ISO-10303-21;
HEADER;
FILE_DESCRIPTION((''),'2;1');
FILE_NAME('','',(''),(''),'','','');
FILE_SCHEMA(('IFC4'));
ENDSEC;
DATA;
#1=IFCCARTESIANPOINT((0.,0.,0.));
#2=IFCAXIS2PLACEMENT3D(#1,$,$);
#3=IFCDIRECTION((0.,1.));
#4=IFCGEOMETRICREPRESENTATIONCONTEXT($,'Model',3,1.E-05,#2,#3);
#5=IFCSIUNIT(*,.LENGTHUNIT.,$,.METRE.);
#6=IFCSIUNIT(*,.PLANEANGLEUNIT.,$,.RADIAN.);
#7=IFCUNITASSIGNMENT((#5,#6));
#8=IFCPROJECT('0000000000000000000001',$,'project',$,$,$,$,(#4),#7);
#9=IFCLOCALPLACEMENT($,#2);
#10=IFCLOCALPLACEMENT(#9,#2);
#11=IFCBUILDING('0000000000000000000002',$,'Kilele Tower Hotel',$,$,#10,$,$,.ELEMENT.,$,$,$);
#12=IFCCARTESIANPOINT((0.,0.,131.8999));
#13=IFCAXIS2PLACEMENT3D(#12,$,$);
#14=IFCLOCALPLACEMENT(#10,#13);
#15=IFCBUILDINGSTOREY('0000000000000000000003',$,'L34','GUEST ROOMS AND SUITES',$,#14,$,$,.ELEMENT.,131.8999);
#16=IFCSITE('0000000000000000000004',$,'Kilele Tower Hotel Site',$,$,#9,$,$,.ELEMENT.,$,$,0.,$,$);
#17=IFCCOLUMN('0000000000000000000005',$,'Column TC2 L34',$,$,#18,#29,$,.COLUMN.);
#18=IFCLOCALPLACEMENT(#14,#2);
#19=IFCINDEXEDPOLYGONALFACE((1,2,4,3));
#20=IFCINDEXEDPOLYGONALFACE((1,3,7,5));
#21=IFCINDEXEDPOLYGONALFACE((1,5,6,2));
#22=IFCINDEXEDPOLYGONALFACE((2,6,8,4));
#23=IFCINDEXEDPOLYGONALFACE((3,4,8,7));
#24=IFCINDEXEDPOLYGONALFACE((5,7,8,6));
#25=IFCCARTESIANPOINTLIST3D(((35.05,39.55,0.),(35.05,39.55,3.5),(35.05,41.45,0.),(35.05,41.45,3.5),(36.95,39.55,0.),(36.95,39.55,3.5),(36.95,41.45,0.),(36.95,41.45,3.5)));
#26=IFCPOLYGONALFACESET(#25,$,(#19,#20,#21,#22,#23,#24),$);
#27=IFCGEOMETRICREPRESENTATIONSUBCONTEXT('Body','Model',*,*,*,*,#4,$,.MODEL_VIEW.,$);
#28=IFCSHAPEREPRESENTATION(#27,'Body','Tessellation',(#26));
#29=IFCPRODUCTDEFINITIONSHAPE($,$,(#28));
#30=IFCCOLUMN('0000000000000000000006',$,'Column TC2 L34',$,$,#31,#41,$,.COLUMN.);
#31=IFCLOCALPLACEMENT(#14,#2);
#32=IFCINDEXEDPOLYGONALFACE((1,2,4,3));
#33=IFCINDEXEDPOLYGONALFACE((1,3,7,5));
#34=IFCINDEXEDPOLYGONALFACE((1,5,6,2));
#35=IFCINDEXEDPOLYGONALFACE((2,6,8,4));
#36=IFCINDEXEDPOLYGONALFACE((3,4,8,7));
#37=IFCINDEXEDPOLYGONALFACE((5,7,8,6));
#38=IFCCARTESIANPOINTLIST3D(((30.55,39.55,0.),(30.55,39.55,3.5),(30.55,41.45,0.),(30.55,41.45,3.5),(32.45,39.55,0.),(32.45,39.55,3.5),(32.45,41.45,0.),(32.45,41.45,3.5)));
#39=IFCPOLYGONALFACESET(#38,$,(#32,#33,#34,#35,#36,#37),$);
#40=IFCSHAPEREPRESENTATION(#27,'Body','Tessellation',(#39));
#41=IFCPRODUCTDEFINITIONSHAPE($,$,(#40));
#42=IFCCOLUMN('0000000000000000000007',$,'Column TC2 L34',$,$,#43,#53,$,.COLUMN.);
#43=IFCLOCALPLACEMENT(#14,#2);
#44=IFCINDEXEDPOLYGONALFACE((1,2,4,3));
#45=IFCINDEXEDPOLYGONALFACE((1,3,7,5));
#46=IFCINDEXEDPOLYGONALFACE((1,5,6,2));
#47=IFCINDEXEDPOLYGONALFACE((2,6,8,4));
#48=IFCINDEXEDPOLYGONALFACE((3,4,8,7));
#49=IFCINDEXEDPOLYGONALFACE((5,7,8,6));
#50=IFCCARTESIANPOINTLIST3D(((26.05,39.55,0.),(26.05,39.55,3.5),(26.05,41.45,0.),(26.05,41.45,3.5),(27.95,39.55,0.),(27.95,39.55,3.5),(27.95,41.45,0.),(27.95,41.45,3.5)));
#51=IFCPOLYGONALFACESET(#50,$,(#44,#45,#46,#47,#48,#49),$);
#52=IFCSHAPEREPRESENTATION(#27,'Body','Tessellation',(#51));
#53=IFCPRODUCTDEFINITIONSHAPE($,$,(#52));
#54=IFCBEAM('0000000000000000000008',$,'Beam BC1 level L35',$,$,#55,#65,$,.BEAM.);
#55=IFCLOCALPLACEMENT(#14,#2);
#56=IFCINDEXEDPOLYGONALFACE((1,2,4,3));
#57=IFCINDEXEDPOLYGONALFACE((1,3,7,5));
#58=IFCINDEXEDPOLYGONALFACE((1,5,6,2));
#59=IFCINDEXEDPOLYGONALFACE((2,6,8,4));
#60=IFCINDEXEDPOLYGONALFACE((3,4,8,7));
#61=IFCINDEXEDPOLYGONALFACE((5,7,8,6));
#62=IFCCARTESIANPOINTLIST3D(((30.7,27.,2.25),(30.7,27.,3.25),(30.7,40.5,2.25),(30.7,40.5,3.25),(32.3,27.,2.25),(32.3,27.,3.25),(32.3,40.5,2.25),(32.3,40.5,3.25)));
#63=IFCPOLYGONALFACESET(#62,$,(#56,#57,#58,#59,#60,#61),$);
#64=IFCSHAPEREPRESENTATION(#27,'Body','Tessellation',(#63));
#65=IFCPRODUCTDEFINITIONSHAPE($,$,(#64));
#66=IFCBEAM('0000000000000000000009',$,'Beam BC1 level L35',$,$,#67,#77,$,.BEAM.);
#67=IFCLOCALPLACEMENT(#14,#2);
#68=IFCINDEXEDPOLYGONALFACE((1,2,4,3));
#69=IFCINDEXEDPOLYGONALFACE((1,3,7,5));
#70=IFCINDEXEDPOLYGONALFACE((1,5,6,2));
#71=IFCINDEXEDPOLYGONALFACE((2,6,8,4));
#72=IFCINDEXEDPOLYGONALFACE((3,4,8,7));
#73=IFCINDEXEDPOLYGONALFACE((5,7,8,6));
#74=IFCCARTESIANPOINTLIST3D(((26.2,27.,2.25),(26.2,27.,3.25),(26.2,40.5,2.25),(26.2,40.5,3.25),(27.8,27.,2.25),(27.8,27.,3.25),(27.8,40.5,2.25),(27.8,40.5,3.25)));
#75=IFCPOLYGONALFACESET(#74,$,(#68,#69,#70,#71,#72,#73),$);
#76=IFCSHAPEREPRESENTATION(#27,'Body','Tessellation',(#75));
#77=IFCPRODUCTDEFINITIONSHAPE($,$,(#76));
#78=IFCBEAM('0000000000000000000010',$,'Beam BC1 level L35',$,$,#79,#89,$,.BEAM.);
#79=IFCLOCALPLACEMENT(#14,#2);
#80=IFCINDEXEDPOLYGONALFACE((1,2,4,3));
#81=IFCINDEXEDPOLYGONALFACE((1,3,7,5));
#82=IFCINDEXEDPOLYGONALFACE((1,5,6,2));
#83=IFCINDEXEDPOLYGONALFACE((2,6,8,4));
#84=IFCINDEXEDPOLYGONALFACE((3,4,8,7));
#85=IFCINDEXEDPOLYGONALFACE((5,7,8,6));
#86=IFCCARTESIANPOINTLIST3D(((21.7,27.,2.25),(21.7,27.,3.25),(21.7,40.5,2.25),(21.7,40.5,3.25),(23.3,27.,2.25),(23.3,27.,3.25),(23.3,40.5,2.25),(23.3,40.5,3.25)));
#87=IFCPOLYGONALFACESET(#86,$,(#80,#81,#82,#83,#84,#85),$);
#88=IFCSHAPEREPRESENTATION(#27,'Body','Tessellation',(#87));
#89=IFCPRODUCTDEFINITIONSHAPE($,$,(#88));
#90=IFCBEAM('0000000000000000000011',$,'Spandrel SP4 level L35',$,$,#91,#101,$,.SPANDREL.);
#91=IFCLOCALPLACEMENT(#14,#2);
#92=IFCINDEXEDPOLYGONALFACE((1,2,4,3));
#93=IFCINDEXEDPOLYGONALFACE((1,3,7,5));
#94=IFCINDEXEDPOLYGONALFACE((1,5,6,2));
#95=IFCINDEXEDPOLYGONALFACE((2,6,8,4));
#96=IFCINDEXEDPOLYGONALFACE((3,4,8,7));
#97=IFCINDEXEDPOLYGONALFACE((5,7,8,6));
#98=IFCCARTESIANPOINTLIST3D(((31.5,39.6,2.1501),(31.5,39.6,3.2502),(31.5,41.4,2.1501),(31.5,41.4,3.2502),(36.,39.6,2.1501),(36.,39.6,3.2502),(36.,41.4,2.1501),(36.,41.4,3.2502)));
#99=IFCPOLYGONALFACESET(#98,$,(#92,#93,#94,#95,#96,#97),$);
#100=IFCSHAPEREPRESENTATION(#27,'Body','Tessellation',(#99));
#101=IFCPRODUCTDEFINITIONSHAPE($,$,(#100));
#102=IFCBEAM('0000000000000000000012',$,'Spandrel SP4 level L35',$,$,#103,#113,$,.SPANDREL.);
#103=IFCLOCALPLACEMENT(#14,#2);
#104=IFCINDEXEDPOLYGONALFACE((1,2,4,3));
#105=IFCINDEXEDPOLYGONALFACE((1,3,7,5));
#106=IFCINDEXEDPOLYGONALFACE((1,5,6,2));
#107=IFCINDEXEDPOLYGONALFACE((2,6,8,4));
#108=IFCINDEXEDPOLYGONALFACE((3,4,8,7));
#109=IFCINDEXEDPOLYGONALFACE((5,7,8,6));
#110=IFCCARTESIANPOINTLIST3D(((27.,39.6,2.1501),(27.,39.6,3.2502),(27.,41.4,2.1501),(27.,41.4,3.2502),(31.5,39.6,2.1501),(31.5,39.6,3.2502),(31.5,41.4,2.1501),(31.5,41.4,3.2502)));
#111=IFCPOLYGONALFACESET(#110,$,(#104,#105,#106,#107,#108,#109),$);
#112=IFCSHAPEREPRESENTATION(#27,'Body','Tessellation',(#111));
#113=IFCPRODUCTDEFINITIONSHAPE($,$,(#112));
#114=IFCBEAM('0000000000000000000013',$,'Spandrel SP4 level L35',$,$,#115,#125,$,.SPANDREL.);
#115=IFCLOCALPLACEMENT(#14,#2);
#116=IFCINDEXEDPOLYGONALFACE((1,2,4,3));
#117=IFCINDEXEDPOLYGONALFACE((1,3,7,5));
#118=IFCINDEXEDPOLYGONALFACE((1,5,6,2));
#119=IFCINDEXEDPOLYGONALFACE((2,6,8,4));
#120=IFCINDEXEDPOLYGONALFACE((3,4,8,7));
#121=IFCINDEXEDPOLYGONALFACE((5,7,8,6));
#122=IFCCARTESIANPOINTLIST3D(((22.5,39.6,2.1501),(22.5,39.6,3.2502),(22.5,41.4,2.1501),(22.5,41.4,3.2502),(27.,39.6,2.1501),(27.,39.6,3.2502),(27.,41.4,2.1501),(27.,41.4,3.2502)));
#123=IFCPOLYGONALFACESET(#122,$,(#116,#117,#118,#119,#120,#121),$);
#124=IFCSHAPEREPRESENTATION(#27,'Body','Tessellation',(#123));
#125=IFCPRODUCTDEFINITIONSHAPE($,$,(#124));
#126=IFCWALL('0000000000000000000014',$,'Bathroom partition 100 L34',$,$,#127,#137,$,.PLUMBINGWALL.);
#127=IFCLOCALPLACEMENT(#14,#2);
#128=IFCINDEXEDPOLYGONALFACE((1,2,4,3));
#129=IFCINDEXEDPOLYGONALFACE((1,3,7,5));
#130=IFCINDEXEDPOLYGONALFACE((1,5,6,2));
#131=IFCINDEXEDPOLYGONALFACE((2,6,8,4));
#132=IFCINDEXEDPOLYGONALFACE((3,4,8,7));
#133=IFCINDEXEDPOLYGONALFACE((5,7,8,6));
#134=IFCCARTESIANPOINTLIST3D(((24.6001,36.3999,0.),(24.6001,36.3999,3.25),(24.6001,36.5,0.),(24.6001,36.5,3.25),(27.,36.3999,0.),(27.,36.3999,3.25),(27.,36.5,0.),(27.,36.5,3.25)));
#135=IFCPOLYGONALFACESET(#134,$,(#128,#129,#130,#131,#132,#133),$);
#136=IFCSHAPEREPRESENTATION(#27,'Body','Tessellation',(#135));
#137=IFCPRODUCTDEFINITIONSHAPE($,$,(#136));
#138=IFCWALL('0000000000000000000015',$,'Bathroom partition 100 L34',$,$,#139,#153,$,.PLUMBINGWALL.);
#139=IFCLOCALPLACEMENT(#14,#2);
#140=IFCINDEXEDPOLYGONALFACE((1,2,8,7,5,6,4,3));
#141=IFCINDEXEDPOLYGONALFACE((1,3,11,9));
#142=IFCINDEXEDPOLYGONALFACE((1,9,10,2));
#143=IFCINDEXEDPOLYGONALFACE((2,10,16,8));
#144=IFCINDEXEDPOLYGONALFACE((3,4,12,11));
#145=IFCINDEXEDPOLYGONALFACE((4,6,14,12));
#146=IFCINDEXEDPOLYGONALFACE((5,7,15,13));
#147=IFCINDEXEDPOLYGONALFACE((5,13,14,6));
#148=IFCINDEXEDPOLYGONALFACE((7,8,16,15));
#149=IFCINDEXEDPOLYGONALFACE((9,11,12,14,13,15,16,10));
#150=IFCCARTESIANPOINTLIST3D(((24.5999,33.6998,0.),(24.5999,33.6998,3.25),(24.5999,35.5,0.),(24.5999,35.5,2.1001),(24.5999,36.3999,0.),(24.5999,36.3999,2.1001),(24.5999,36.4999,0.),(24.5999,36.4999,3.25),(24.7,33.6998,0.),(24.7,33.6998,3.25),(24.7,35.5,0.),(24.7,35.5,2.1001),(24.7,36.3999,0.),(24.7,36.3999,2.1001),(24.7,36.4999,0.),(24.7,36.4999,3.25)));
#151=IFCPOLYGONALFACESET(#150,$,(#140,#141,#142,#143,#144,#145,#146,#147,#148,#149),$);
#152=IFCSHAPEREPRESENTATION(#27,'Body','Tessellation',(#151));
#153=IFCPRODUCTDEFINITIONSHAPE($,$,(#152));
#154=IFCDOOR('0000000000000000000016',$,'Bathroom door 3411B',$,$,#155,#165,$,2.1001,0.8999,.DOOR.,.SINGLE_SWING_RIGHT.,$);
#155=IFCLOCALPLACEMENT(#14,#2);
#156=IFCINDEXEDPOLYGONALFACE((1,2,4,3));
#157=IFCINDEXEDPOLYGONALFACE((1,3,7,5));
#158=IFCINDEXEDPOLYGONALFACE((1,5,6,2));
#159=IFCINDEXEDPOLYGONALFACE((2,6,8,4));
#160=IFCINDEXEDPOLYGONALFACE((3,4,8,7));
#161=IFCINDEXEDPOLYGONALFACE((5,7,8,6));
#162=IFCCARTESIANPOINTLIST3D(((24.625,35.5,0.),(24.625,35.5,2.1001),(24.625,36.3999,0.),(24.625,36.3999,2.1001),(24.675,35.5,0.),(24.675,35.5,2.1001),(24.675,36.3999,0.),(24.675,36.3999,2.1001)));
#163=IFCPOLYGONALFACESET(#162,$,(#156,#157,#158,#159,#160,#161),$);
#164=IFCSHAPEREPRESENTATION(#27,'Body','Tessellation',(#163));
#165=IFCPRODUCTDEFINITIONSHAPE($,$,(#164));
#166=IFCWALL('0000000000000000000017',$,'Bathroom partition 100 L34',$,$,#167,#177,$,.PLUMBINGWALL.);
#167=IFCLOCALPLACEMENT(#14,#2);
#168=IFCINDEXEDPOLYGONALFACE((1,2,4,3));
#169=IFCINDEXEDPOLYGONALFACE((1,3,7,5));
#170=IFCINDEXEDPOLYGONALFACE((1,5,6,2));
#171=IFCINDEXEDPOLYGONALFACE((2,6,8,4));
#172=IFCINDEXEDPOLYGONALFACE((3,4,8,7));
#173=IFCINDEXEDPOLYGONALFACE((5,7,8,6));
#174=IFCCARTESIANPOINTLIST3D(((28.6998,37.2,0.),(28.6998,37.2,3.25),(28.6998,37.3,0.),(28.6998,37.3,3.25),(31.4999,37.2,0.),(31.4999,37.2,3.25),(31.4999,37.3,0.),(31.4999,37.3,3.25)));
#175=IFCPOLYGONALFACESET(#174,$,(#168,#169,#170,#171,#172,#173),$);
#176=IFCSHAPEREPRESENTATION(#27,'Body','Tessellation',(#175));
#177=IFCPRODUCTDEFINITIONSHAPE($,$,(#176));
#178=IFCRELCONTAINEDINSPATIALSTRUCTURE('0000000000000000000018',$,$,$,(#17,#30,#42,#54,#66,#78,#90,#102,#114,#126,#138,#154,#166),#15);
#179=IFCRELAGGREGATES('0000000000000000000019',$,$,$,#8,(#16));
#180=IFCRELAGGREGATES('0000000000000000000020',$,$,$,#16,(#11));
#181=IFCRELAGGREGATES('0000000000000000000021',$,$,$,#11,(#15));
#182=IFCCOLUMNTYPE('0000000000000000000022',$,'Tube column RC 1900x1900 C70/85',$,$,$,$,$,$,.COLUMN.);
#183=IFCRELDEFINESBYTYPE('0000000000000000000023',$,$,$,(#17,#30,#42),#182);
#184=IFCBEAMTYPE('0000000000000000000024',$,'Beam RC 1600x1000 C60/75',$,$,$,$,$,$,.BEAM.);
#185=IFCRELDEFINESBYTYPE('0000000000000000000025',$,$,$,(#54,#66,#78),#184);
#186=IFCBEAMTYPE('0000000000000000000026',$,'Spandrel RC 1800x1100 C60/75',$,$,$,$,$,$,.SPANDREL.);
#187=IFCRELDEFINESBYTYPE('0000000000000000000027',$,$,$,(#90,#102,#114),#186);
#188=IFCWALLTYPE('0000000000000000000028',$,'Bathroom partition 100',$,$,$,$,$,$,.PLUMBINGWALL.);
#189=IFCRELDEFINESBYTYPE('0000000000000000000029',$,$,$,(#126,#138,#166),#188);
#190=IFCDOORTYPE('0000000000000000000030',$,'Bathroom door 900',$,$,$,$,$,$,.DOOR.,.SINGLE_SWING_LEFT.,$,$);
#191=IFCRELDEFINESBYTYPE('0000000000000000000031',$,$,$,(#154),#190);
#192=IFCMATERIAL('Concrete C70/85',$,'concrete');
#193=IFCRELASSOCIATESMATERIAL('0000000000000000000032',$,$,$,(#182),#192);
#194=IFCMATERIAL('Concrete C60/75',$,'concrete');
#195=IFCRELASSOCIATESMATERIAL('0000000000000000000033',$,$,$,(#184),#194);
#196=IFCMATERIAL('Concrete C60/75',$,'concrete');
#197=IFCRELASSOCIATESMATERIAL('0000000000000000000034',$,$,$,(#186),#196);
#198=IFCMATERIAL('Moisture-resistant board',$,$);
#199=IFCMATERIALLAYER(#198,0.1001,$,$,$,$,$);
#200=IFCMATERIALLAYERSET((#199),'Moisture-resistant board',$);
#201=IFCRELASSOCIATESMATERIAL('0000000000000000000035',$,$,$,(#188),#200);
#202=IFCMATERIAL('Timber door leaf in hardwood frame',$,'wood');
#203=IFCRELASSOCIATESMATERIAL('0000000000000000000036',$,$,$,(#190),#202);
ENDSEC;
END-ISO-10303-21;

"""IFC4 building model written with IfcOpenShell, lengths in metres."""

from ifc_helpers import new_model, si_unit, direction, frame, frame_2d, origin, origin_2d, place, context, subcontext, project, spatial, rectangle, extrude, material, layer, layer_set, material_profile, profile_set, type_object, element, fill, save


model = new_model("IFC4")

# Units and contexts
model_context = context("Model", 3, precision=1e-05, world=origin(), true_north=direction((0.0, 1.0)))
body_context = subcontext(model_context, "Body", "Model", "MODEL_VIEW")
ifc_project = project(units=[si_unit("LENGTHUNIT", "METRE"), si_unit("PLANEANGLEUNIT", "RADIAN")], contexts=[model_context])

# Site, building, storey
site_placement = place(None, origin())
site = spatial("IfcSite", under=ifc_project, at=site_placement, Name="Kilele Tower Hotel Site", CompositionType="ELEMENT", RefElevation=0.0)
building_placement = place(site_placement, origin())
building = spatial("IfcBuilding", under=site, at=building_placement, Name="Kilele Tower Hotel", CompositionType="ELEMENT")
storey_placement = place(building_placement, frame((0.0, 0.0, 131.8999)))
storey = spatial("IfcBuildingStorey", under=building, at=storey_placement, Name="L34", Description="GUEST ROOMS AND SUITES", CompositionType="ELEMENT", Elevation=131.8999)

# Columns
ifc_material_1 = material(Name="Concrete C70/85", Category="concrete")
ifc_material_profile_1 = material_profile(ifc_material_1, rectangle(XDim=1.8999, YDim=1.8999, at=origin_2d()))
ifc_profile_set_1 = profile_set([ifc_material_profile_1], Name="Concrete C70/85")
column_type = type_object("IfcColumnType", Name="Tube column RC 1900x1900 C70/85", PredefinedType="COLUMN", material=ifc_profile_set_1)
for number, where, z_axis, x_axis, name in (
    (1, (36.0, 40.5, 0.0), (0.0, 0.0, 1.0), (1.0, 0.0, 0.0), "Column TC2 L34"),
    (2, (31.5, 40.5, 0.0), (0.0, 0.0, 1.0), (1.0, 0.0, 0.0), "Column TC2 L34"),
    (3, (27.0, 40.5, 0.0), (0.0, 0.0, 1.0), (1.0, 0.0, 0.0), "Column TC2 L34"),
):
    element("IfcColumn", number, at=place(storey_placement, frame(where, z_axis=z_axis, x_axis=x_axis)), inside=storey, type_object=column_type, Name=name, PredefinedType="COLUMN", context=body_context, shape_type="SweptSolid", body=[
        extrude(rectangle(XDim=1.8999, YDim=1.8999, at=origin_2d()), origin(), (0.0, 0.0, 1.0), 3.5),
    ])

# Beams
ifc_material_2 = material(Name="Concrete C60/75", Category="concrete")
ifc_material_profile_2 = material_profile(ifc_material_2, rectangle(XDim=1.6001, YDim=1.0, at=origin_2d()))
ifc_profile_set_2 = profile_set([ifc_material_profile_2], Name="Concrete C60/75")
beam_type_1 = type_object("IfcBeamType", Name="Beam RC 1600x1000 C60/75", PredefinedType="BEAM", material=ifc_profile_set_2)
for number, where, z_axis, x_axis, name in (
    (4, (31.5, 40.5, 2.75), (0.0, -1.0, 0.0), (1.0, 0.0, 0.0), "Beam BC1 level L35"),
    (5, (27.0, 40.5, 2.75), (0.0, -1.0, 0.0), (1.0, 0.0, 0.0), "Beam BC1 level L35"),
    (6, (22.5, 40.5, 2.75), (0.0, -1.0, 0.0), (1.0, 0.0, 0.0), "Beam BC1 level L35"),
):
    element("IfcBeam", number, at=place(storey_placement, frame(where, z_axis=z_axis, x_axis=x_axis)), inside=storey, type_object=beam_type_1, Name=name, PredefinedType="BEAM", context=body_context, shape_type="SweptSolid", body=[
        extrude(rectangle(XDim=1.6001, YDim=1.0, at=origin_2d()), origin(), (0.0, 0.0, 1.0), 13.5),
    ])
ifc_material_3 = material(Name="Concrete C60/75", Category="concrete")
ifc_material_profile_3 = material_profile(ifc_material_3, rectangle(XDim=1.8, YDim=1.1001, at=origin_2d()))
ifc_profile_set_3 = profile_set([ifc_material_profile_3], Name="Concrete C60/75")
beam_type_2 = type_object("IfcBeamType", Name="Spandrel RC 1800x1100 C60/75", PredefinedType="SPANDREL", material=ifc_profile_set_3)
for number, where, z_axis, x_axis, name in (
    (7, (36.0, 40.5, 2.7002), (-1.0, 0.0, 0.0), (0.0, -1.0, 0.0), "Spandrel SP4 level L35"),
    (8, (31.5, 40.5, 2.7002), (-1.0, 0.0, 0.0), (0.0, -1.0, 0.0), "Spandrel SP4 level L35"),
    (9, (27.0, 40.5, 2.7002), (-1.0, 0.0, 0.0), (0.0, -1.0, 0.0), "Spandrel SP4 level L35"),
):
    element("IfcBeam", number, at=place(storey_placement, frame(where, z_axis=z_axis, x_axis=x_axis)), inside=storey, type_object=beam_type_2, Name=name, PredefinedType="SPANDREL", context=body_context, shape_type="SweptSolid", body=[
        extrude(rectangle(XDim=1.8, YDim=1.1001, at=origin_2d()), origin(), (0.0, 0.0, 1.0), 4.5),
    ])

# Wall
ifc_material_4 = material(Name="Moisture-resistant board")
ifc_layer_1 = layer(ifc_material_4, 0.1001)
ifc_layer_set_1 = layer_set([ifc_layer_1], Name="Moisture-resistant board")
wall_type_1 = type_object("IfcWallType", Name="Bathroom partition 100", PredefinedType="PLUMBINGWALL", material=ifc_layer_set_1)
wall_1_placement = place(storey_placement, frame((24.6001, 36.45, 0.0), z_axis=(0.0, 0.0, 1.0), x_axis=(1.0, 0.0, 0.0)))
element("IfcWall", 10, at=wall_1_placement, inside=storey, type_object=wall_type_1, Name="Bathroom partition 100 L34", PredefinedType="PLUMBINGWALL", context=body_context, shape_type="SweptSolid", body=[
    extrude(rectangle(XDim=2.3999, YDim=0.1001, at=frame_2d((1.2, 0.0))), origin(), (0.0, 0.0, 1.0), 3.25),
])

# Wall, opening, door
wall_2_placement = place(storey_placement, frame((24.6499, 33.7, 0.0), z_axis=(0.0, 0.0, 1.0), x_axis=(0.0, 1.0, 0.0)))
wall_2 = element("IfcWall", 11, at=wall_2_placement, inside=storey, type_object=wall_type_1, Name="Bathroom partition 100 L34", PredefinedType="PLUMBINGWALL", context=body_context, shape_type="SweptSolid", body=[
    extrude(rectangle(XDim=2.8, YDim=0.1001, at=frame_2d((1.3999, 0.0))), origin(), (0.0, 0.0, 1.0), 3.25),
])
opening_1_placement = place(wall_2_placement, frame((1.8, 0.0, 0.0)))
opening_1 = element("IfcOpeningElement", 12, at=opening_1_placement, cuts=wall_2, PredefinedType="OPENING", context=body_context, shape_type="SweptSolid", body=[
    extrude(rectangle(XDim=0.8999, YDim=2.1001, at=frame_2d((0.45, 1.05))), frame((0.0, 0.0601, 0.0), z_axis=(0.0, -1.0, 0.0), x_axis=(1.0, 0.0, 0.0)), (0.0, 0.0, 1.0), 0.1201),
])
ifc_material_5 = material(Name="Timber door leaf in hardwood frame", Category="wood")
door_type_1 = type_object("IfcDoorType", Name="Bathroom door 900", OperationType="SINGLE_SWING_LEFT", PredefinedType="DOOR", material=ifc_material_5)
door_1_placement = place(opening_1_placement, origin())
door_1 = element("IfcDoor", 13, at=door_1_placement, inside=storey, type_object=door_type_1, Name="Bathroom door 3411B", OperationType="SINGLE_SWING_RIGHT", OverallHeight=2.1001, OverallWidth=0.8999, PredefinedType="DOOR", context=body_context, shape_type="SweptSolid", body=[
    extrude(rectangle(XDim=0.8999, YDim=2.1001, at=frame_2d((0.45, 1.05))), frame((0.0, 0.0249, 0.0), z_axis=(0.0, -1.0, 0.0), x_axis=(1.0, 0.0, 0.0)), (0.0, 0.0, 1.0), 0.05),
])
fill(opening_1, door_1)

# Wall
wall_3_placement = place(storey_placement, frame((28.7, 37.25, 0.0), z_axis=(0.0, 0.0, 1.0), x_axis=(1.0, 0.0, 0.0)))
element("IfcWall", 14, at=wall_3_placement, inside=storey, type_object=wall_type_1, Name="Bathroom partition 100 L34", PredefinedType="PLUMBINGWALL", context=body_context, shape_type="SweptSolid", body=[
    extrude(rectangle(XDim=2.8, YDim=0.1001, at=frame_2d((1.3999, 0.0))), origin(), (0.0, 0.0, 1.0), 3.25),
])

save(model, "model.ifc")
